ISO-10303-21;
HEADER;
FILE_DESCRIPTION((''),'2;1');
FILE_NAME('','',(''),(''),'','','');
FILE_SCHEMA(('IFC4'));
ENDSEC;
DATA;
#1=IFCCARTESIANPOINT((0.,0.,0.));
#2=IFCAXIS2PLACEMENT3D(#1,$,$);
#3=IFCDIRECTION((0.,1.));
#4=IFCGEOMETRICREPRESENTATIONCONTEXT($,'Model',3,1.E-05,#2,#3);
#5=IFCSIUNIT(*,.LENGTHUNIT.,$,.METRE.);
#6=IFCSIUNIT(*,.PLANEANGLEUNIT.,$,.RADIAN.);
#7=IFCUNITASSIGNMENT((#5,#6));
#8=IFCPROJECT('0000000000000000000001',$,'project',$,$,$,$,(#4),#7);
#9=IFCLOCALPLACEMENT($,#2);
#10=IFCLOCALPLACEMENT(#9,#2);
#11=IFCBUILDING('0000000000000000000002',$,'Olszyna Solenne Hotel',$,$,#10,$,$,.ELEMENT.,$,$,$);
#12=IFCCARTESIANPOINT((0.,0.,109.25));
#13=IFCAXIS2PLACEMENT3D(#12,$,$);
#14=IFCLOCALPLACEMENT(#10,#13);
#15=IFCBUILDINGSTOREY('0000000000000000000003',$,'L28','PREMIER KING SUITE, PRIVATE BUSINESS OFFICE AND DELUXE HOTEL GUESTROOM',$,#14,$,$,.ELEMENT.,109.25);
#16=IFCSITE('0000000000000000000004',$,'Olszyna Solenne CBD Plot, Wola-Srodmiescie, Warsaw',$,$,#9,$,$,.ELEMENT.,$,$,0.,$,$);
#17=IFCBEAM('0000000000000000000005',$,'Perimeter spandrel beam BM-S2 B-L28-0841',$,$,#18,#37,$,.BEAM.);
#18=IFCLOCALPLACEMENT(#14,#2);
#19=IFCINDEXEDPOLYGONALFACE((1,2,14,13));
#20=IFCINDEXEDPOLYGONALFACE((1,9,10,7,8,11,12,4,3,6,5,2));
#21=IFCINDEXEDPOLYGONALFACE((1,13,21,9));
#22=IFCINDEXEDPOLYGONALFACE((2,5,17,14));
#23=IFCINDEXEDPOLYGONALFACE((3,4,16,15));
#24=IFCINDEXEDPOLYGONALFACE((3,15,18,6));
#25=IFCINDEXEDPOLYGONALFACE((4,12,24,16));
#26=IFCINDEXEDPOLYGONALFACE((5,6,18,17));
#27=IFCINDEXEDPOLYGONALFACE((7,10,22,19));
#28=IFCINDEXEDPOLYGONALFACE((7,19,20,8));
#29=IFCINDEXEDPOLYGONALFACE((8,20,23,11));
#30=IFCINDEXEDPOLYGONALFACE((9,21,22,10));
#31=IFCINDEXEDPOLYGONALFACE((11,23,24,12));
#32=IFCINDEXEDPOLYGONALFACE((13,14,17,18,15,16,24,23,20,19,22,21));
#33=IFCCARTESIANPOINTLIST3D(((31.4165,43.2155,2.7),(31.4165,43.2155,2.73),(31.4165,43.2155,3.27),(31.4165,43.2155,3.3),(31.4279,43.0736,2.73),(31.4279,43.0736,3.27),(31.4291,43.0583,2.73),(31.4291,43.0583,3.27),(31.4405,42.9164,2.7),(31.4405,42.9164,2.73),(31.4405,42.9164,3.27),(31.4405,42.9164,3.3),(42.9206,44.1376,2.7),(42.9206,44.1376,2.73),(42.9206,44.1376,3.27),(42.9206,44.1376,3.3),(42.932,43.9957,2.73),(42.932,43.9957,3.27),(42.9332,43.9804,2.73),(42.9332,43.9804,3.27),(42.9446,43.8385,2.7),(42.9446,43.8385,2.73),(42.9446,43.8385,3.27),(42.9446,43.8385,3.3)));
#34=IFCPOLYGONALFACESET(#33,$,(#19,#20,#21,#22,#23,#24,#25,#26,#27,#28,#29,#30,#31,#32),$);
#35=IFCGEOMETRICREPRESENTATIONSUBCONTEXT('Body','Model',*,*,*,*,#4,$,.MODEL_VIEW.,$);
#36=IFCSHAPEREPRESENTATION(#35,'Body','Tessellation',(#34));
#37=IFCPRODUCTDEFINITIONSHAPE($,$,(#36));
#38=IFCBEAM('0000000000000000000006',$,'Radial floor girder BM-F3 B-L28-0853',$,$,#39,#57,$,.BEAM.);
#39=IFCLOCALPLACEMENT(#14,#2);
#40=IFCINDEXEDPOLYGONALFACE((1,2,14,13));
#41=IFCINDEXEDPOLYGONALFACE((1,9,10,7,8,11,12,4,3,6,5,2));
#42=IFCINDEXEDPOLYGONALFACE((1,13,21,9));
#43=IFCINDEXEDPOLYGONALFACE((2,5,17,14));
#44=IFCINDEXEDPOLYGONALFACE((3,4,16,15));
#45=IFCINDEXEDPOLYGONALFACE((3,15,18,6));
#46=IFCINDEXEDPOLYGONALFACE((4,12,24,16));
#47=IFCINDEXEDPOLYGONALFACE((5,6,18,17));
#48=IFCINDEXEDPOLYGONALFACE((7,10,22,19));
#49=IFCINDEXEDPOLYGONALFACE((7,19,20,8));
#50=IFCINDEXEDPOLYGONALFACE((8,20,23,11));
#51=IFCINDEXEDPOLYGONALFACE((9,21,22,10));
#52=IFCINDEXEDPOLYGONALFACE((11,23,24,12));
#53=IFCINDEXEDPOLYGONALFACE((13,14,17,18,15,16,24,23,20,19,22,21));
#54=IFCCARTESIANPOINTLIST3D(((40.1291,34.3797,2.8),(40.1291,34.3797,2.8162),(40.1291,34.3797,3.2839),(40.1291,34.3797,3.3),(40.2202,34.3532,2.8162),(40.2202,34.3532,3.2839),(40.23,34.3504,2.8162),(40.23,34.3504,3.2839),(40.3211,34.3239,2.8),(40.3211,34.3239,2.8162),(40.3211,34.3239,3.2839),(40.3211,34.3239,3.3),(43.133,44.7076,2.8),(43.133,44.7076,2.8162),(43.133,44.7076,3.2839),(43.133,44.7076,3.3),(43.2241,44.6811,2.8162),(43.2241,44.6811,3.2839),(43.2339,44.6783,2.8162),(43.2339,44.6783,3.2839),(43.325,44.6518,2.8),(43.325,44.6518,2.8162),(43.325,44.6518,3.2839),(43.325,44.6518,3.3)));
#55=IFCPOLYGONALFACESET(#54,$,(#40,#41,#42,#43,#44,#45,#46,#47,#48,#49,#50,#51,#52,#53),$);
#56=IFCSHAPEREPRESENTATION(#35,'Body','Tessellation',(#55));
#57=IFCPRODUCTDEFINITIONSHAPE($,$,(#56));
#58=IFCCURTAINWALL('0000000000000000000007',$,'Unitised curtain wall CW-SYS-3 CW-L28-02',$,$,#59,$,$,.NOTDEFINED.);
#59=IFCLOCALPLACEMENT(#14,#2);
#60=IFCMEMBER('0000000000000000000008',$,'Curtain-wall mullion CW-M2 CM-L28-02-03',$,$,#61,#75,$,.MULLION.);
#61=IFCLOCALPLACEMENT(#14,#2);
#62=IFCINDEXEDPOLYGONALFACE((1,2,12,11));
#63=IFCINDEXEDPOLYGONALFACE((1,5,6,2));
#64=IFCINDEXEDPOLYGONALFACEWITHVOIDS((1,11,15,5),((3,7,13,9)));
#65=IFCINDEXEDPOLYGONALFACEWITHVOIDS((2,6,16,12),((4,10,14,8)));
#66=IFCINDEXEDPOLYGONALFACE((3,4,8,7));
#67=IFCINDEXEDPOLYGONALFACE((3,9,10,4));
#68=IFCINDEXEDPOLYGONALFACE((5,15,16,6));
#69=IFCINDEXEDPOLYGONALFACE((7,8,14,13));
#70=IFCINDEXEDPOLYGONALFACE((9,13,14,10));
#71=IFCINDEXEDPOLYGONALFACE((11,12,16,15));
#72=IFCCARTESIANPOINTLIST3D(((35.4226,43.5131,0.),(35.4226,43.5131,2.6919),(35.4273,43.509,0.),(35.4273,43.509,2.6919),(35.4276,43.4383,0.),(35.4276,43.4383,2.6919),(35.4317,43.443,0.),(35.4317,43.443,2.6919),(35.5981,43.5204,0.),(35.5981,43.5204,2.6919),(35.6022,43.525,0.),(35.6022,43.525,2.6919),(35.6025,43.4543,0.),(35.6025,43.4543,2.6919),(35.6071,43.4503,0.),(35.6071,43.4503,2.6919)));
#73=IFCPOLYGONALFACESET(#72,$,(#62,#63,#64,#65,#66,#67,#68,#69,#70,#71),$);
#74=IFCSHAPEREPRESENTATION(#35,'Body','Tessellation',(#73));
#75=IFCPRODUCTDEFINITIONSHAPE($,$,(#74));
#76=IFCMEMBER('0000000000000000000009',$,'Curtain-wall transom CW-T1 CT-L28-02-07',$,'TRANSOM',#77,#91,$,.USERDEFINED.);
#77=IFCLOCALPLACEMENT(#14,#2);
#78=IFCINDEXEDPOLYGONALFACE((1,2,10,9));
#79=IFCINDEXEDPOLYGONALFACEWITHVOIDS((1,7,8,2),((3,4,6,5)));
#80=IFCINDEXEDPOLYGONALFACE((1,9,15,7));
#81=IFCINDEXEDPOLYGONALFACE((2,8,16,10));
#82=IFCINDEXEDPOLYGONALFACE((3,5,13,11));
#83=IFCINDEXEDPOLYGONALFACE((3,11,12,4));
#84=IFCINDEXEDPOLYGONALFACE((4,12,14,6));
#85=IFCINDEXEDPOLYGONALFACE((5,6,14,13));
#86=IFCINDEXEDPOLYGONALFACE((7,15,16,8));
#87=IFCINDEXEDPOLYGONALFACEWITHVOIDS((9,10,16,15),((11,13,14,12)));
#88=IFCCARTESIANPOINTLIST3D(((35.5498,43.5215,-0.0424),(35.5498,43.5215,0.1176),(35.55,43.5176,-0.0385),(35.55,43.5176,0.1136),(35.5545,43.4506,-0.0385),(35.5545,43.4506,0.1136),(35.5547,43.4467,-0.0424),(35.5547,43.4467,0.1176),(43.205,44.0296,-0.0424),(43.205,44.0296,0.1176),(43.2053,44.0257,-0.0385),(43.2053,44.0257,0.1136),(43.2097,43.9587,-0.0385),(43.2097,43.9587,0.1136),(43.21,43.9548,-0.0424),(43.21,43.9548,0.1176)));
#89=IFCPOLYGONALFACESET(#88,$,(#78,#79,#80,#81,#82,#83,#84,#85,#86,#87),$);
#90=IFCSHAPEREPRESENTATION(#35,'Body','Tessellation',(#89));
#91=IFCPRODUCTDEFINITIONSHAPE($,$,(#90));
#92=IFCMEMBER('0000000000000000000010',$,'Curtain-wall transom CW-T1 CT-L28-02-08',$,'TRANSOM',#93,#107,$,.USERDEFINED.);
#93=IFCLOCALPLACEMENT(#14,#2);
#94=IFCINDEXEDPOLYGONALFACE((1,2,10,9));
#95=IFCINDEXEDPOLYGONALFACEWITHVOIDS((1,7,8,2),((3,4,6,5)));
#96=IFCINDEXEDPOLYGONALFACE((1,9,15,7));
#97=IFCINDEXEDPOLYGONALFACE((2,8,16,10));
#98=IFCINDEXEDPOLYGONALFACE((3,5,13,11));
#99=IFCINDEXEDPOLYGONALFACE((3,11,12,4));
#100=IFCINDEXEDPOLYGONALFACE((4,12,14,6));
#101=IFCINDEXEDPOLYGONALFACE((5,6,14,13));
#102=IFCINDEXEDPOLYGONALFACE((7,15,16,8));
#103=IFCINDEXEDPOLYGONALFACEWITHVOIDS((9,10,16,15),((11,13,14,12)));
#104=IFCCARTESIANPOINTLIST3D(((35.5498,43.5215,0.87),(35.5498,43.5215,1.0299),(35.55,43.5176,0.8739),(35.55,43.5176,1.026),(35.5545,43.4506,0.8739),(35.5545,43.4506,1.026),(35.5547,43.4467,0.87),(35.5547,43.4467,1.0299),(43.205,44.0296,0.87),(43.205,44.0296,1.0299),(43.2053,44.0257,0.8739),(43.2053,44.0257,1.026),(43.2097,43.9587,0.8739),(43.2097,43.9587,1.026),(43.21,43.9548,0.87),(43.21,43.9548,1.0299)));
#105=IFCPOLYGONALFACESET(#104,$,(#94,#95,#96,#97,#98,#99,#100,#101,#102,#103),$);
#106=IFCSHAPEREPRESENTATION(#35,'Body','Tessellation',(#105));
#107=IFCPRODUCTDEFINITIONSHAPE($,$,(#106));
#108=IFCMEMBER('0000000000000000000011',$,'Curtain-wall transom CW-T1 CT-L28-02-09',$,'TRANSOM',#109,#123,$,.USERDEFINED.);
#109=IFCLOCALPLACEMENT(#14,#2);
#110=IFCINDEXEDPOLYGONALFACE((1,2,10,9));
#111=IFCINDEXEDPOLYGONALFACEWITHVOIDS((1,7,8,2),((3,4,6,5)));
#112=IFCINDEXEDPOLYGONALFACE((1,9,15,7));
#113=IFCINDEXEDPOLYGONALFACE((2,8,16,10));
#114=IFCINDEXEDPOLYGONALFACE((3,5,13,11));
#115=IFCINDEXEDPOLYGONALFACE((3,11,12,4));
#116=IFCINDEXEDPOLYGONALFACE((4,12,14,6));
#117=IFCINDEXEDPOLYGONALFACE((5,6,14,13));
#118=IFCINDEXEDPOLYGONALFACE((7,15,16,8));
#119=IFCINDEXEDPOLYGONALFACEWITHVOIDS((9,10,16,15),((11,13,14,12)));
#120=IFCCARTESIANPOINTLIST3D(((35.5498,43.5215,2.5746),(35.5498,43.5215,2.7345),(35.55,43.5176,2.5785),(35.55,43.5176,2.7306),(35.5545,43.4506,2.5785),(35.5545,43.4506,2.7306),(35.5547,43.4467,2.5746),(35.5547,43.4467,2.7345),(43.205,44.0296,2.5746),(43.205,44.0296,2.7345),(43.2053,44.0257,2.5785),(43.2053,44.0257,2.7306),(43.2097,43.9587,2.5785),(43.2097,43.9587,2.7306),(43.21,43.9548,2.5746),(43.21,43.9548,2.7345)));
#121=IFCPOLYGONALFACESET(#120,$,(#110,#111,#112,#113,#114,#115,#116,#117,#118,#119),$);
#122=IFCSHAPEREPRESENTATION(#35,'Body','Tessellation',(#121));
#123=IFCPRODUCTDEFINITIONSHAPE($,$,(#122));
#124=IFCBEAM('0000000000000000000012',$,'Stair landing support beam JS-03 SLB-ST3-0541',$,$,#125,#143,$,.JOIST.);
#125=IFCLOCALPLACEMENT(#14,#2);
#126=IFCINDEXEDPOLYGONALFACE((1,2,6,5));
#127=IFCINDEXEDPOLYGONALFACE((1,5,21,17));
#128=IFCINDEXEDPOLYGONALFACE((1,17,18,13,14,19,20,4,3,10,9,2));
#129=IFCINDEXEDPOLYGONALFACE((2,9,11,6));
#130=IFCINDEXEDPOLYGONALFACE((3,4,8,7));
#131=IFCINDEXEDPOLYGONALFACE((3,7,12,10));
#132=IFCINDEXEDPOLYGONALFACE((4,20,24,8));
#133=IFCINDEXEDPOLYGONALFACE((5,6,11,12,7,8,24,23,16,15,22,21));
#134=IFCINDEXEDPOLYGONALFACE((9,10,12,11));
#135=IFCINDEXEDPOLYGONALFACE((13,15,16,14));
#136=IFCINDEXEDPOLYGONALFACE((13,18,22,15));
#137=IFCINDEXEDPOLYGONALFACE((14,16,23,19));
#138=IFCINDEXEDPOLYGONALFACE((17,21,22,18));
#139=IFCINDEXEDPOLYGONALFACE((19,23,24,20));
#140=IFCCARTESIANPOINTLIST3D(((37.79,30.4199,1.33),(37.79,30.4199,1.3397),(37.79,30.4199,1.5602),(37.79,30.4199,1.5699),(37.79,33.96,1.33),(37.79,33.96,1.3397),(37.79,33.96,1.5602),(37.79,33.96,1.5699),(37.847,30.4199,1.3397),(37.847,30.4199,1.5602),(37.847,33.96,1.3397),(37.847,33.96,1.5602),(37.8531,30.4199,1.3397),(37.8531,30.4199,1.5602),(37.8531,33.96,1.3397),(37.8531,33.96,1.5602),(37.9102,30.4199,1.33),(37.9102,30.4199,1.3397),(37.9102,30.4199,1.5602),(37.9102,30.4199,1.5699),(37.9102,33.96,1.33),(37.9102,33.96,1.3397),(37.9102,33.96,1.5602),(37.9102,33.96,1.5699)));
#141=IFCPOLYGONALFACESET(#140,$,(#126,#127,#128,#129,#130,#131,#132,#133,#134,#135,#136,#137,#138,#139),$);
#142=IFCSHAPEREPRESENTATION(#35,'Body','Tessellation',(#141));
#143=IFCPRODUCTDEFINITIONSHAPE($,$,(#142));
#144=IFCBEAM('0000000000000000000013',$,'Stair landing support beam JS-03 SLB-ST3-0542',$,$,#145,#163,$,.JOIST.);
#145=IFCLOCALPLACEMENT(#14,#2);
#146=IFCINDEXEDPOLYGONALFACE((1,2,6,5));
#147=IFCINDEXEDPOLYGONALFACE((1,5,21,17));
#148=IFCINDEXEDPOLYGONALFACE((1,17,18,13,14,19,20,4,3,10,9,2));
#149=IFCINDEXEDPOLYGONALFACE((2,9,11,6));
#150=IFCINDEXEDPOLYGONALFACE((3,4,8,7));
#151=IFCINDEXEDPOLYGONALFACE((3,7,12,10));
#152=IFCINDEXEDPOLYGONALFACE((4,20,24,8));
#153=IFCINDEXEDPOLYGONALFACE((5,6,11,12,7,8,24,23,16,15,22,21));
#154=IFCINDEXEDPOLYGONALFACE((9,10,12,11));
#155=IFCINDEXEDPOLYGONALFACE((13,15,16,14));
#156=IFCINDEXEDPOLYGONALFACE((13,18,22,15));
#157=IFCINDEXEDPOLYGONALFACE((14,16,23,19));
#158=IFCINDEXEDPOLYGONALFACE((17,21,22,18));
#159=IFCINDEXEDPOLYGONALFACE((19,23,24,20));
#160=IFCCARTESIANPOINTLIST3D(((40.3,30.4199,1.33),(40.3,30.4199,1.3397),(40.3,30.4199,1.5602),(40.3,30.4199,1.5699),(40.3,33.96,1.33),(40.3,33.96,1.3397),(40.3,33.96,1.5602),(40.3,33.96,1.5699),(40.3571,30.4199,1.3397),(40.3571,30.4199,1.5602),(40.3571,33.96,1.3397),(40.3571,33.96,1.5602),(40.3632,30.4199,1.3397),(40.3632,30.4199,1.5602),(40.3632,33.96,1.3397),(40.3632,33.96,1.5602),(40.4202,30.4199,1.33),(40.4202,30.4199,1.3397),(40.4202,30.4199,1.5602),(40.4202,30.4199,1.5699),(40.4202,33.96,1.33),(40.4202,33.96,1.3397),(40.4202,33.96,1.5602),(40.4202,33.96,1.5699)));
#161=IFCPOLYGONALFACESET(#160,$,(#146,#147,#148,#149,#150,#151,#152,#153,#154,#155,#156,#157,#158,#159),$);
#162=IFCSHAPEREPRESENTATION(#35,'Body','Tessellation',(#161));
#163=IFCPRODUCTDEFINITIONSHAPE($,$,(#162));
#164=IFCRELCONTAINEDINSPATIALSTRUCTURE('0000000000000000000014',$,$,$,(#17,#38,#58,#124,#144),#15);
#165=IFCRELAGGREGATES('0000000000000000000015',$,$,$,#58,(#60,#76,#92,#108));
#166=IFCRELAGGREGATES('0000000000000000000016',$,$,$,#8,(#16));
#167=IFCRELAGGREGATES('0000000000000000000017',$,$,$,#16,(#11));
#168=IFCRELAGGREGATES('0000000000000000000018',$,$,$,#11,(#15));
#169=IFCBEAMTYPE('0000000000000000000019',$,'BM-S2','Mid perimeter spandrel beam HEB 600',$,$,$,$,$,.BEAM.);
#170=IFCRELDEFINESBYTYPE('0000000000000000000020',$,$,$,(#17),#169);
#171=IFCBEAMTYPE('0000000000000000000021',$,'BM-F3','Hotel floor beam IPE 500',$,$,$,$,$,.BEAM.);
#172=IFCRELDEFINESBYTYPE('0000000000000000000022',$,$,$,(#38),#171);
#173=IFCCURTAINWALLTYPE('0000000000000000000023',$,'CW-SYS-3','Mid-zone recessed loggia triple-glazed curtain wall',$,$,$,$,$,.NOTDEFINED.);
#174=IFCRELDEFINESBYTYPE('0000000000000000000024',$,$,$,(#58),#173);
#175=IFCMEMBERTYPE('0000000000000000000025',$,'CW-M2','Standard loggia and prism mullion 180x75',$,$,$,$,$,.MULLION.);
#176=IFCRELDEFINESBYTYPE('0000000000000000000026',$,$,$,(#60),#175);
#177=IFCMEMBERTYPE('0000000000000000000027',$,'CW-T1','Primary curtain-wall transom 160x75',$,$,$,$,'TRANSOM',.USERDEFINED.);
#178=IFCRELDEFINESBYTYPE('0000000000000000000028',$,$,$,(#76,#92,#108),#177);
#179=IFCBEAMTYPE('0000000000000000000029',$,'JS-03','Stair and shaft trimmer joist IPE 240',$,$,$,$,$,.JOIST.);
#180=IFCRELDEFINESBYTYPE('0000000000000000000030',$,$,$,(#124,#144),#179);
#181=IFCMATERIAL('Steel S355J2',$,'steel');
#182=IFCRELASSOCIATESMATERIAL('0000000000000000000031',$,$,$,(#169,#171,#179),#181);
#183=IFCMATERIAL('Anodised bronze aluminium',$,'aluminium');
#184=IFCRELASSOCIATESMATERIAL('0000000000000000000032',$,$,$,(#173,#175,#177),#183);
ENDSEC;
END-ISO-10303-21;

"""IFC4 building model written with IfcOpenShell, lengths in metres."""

from ifc_helpers import new_model, si_unit, direction, frame, origin, origin_2d, place, context, subcontext, project, spatial, hollow_rectangle, i_section, extrude, source, transform, mapped, material, material_profile, profile_set, type_object, element, aggregate, save


model = new_model("IFC4")

# Units and contexts
model_context = context("Model", 3, precision=1e-05, world=origin(), true_north=direction((0.0, 1.0)))
body_context = subcontext(model_context, "Body", "Model", "MODEL_VIEW")
ifc_project = project(units=[si_unit("LENGTHUNIT", "METRE"), si_unit("PLANEANGLEUNIT", "RADIAN")], contexts=[model_context])

# Site, building, storey
site_placement = place(None, origin())
site = spatial("IfcSite", under=ifc_project, at=site_placement, Name="Olszyna Solenne CBD Plot, Wola-Srodmiescie, Warsaw", CompositionType="ELEMENT", RefElevation=0.0)
building_placement = place(site_placement, origin())
building = spatial("IfcBuilding", under=site, at=building_placement, Name="Olszyna Solenne Hotel", CompositionType="ELEMENT")
storey_placement = place(building_placement, frame((0.0, 0.0, 109.25)))
storey = spatial("IfcBuildingStorey", under=building, at=storey_placement, Name="L28", Description="PREMIER KING SUITE, PRIVATE BUSINESS OFFICE AND DELUXE HOTEL GUESTROOM", CompositionType="ELEMENT", Elevation=109.25)

# Beams
ifc_material_1 = material(Name="Steel S355J2", Category="steel")
ifc_material_profile_1 = material_profile(ifc_material_1, i_section(OverallWidth=0.3, OverallDepth=0.6001, WebThickness=0.0154, FlangeThickness=0.03, at=origin_2d()), Name="HEB 600", Category="load-bearing")
ifc_profile_set_1 = profile_set([ifc_material_profile_1], Name="Steel S355J2")
beam_type_1 = type_object("IfcBeamType", Name="BM-S2", Description="Mid perimeter spandrel beam HEB 600", PredefinedType="BEAM", material=ifc_profile_set_1)
shared_shape_1 = source(origin(), body_context, "Body", "SweptSolid", [
    extrude(i_section(OverallWidth=0.3, OverallDepth=0.6001, WebThickness=0.0154, FlangeThickness=0.03, at=origin_2d()), origin(), (0.0, 0.0, 1.0), 11.541),
])
beam_1_placement = place(storey_placement, frame((42.9326, 43.988, 3.0), z_axis=(-0.996803, -0.079899, 0.0), x_axis=(0.079899, -0.996803, 0.0)))
element("IfcBeam", 1, at=beam_1_placement, inside=storey, type_object=beam_type_1, Name="Perimeter spandrel beam BM-S2 B-L28-0841", PredefinedType="BEAM", context=body_context, shape_type="MappedRepresentation", body=[
    mapped(shared_shape_1, transform((0.0, 0.0, 0.0), x_axis=(1.0, 0.0, 0.0), y_axis=(0.0, 1.0, 0.0), z_axis=(0.0, 0.0, 1.0), scale=1.0)),
])
ifc_material_profile_2 = material_profile(ifc_material_1, i_section(OverallWidth=0.2, OverallDepth=0.5, WebThickness=0.0103, FlangeThickness=0.0161, at=origin_2d()), Name="IPE 500", Category="load-bearing")
ifc_profile_set_2 = profile_set([ifc_material_profile_2], Name="Steel S355J2")
beam_type_2 = type_object("IfcBeamType", Name="BM-F3", Description="Hotel floor beam IPE 500", PredefinedType="BEAM", material=ifc_profile_set_2)
shared_shape_2 = source(origin(), body_context, "Body", "SweptSolid", [
    extrude(i_section(OverallWidth=0.2, OverallDepth=0.5, WebThickness=0.0103, FlangeThickness=0.0161, at=origin_2d()), origin(), (0.0, 0.0, 1.0), 10.7559),
])
beam_2_placement = place(storey_placement, frame((43.229, 44.6797, 3.05), z_axis=(-0.279281, -0.960209, 0.0), x_axis=(0.960209, -0.279281, 0.0)))
element("IfcBeam", 2, at=beam_2_placement, inside=storey, type_object=beam_type_2, Name="Radial floor girder BM-F3 B-L28-0853", PredefinedType="BEAM", context=body_context, shape_type="MappedRepresentation", body=[
    mapped(shared_shape_2, transform((0.0, 0.0, 0.0), x_axis=(1.0, 0.0, 0.0), y_axis=(0.0, 1.0, 0.0), z_axis=(0.0, 0.0, 1.0), scale=1.0)),
])

# Curtain wall, members
ifc_material_2 = material(Name="Anodised bronze aluminium", Category="aluminium")
curtain_wall_type = type_object("IfcCurtainWallType", Name="CW-SYS-3", Description="Mid-zone recessed loggia triple-glazed curtain wall", PredefinedType="NOTDEFINED", material=ifc_material_2)
curtain_wall_placement = place(storey_placement, origin())
curtain_wall = element("IfcCurtainWall", 3, at=curtain_wall_placement, inside=storey, type_object=curtain_wall_type, Name="Unitised curtain wall CW-SYS-3 CW-L28-02", PredefinedType="NOTDEFINED")
ifc_material_profile_3 = material_profile(ifc_material_2, hollow_rectangle(XDim=0.075, YDim=0.1799, WallThickness=0.0044, at=origin_2d()), Name="MULL 180x75x4.5", Category="load-bearing")
ifc_profile_set_3 = profile_set([ifc_material_profile_3], Name="Anodised bronze aluminium")
member_type_1 = type_object("IfcMemberType", Name="CW-M2", Description="Standard loggia and prism mullion 180x75", PredefinedType="MULLION", material=ifc_profile_set_3)
shared_shape_3 = source(origin(), body_context, "Body", "SweptSolid", [
    extrude(hollow_rectangle(XDim=0.075, YDim=0.1799, WallThickness=0.0044, at=origin_2d()), origin(), (0.0, 0.0, 1.0), 2.6919),
])
member_1_placement = place(storey_placement, frame((35.5149, 43.4817, 0.0), z_axis=(0.0, 0.0, 1.0), x_axis=(-0.0662, 0.997806, 0.0)))
member_1 = element("IfcMember", 4, at=member_1_placement, type_object=member_type_1, Name="Curtain-wall mullion CW-M2 CM-L28-02-03", PredefinedType="MULLION", context=body_context, shape_type="MappedRepresentation", body=[
    mapped(shared_shape_3, transform((0.0, 0.0, 0.0), x_axis=(1.0, 0.0, 0.0), y_axis=(0.0, 1.0, 0.0), z_axis=(0.0, 0.0, 1.0), scale=1.0)),
])
ifc_material_profile_4 = material_profile(ifc_material_2, hollow_rectangle(XDim=0.075, YDim=0.1599, WallThickness=0.0039, at=origin_2d()), Name="TRAN 160x75x4", Category="load-bearing")
ifc_profile_set_4 = profile_set([ifc_material_profile_4], Name="Anodised bronze aluminium")
member_type_2 = type_object("IfcMemberType", Name="CW-T1", Description="Primary curtain-wall transom 160x75", ElementType="TRANSOM", PredefinedType="USERDEFINED", material=ifc_profile_set_4)
shared_shape_4 = source(origin(), body_context, "Body", "SweptSolid", [
    extrude(hollow_rectangle(XDim=0.075, YDim=0.1599, WallThickness=0.0039, at=origin_2d()), origin(), (0.0, 0.0, 1.0), 7.6721),
])
member_2_placement = place(storey_placement, frame((35.5522, 43.4841, 0.0376), z_axis=(0.997805, 0.066221, 0.0), x_axis=(-0.066221, 0.997805, 0.0)))
member_2 = element("IfcMember", 5, at=member_2_placement, type_object=member_type_2, Name="Curtain-wall transom CW-T1 CT-L28-02-07", ObjectType="TRANSOM", PredefinedType="USERDEFINED", context=body_context, shape_type="MappedRepresentation", body=[
    mapped(shared_shape_4, transform((0.0, 0.0, 0.0), x_axis=(1.0, 0.0, 0.0), y_axis=(0.0, 1.0, 0.0), z_axis=(0.0, 0.0, 1.0), scale=1.0)),
])
member_3_placement = place(storey_placement, frame((35.5522, 43.4841, 0.95), z_axis=(0.997805, 0.066221, 0.0), x_axis=(-0.066221, 0.997805, 0.0)))
member_3 = element("IfcMember", 6, at=member_3_placement, type_object=member_type_2, Name="Curtain-wall transom CW-T1 CT-L28-02-08", ObjectType="TRANSOM", PredefinedType="USERDEFINED", context=body_context, shape_type="MappedRepresentation", body=[
    mapped(shared_shape_4, transform((0.0, 0.0, 0.0), x_axis=(1.0, 0.0, 0.0), y_axis=(0.0, 1.0, 0.0), z_axis=(0.0, 0.0, 1.0), scale=1.0)),
])
member_4_placement = place(storey_placement, frame((35.5522, 43.4841, 2.6545), z_axis=(0.997805, 0.066221, 0.0), x_axis=(-0.066221, 0.997805, 0.0)))
member_4 = element("IfcMember", 7, at=member_4_placement, type_object=member_type_2, Name="Curtain-wall transom CW-T1 CT-L28-02-09", ObjectType="TRANSOM", PredefinedType="USERDEFINED", context=body_context, shape_type="MappedRepresentation", body=[
    mapped(shared_shape_4, transform((0.0, 0.0, 0.0), x_axis=(1.0, 0.0, 0.0), y_axis=(0.0, 1.0, 0.0), z_axis=(0.0, 0.0, 1.0), scale=1.0)),
])

# Beams
ifc_material_profile_5 = material_profile(ifc_material_1, i_section(OverallWidth=0.1201, OverallDepth=0.24, WebThickness=0.0061, FlangeThickness=0.0098, at=origin_2d()), Name="IPE 240", Category="load-bearing")
ifc_profile_set_5 = profile_set([ifc_material_profile_5], Name="Steel S355J2")
beam_type_3 = type_object("IfcBeamType", Name="JS-03", Description="Stair and shaft trimmer joist IPE 240", PredefinedType="JOIST", material=ifc_profile_set_5)
shared_shape_5 = source(origin(), body_context, "Body", "SweptSolid", [
    extrude(i_section(OverallWidth=0.1201, OverallDepth=0.24, WebThickness=0.0061, FlangeThickness=0.0098, at=origin_2d()), origin(), (0.0, 0.0, 1.0), 3.54),
])
for number, where, z_axis, x_axis, name in (
    (8, (37.8501, 30.4199, 1.45), (0.0, 1.0, 0.0), (-1.0, 0.0, 0.0), "Stair landing support beam JS-03 SLB-ST3-0541"),
    (9, (40.3601, 30.4199, 1.45), (0.0, 1.0, 0.0), (-1.0, 0.0, 0.0), "Stair landing support beam JS-03 SLB-ST3-0542"),
):
    element("IfcBeam", number, at=place(storey_placement, frame(where, z_axis=z_axis, x_axis=x_axis)), inside=storey, type_object=beam_type_3, Name=name, PredefinedType="JOIST", context=body_context, shape_type="MappedRepresentation", body=[
        mapped(shared_shape_5, transform((0.0, 0.0, 0.0), x_axis=(1.0, 0.0, 0.0), y_axis=(0.0, 1.0, 0.0), z_axis=(0.0, 0.0, 1.0), scale=1.0)),
    ])

aggregate(curtain_wall, [member_1, member_2, member_3, member_4])

save(model, "model.ifc")
